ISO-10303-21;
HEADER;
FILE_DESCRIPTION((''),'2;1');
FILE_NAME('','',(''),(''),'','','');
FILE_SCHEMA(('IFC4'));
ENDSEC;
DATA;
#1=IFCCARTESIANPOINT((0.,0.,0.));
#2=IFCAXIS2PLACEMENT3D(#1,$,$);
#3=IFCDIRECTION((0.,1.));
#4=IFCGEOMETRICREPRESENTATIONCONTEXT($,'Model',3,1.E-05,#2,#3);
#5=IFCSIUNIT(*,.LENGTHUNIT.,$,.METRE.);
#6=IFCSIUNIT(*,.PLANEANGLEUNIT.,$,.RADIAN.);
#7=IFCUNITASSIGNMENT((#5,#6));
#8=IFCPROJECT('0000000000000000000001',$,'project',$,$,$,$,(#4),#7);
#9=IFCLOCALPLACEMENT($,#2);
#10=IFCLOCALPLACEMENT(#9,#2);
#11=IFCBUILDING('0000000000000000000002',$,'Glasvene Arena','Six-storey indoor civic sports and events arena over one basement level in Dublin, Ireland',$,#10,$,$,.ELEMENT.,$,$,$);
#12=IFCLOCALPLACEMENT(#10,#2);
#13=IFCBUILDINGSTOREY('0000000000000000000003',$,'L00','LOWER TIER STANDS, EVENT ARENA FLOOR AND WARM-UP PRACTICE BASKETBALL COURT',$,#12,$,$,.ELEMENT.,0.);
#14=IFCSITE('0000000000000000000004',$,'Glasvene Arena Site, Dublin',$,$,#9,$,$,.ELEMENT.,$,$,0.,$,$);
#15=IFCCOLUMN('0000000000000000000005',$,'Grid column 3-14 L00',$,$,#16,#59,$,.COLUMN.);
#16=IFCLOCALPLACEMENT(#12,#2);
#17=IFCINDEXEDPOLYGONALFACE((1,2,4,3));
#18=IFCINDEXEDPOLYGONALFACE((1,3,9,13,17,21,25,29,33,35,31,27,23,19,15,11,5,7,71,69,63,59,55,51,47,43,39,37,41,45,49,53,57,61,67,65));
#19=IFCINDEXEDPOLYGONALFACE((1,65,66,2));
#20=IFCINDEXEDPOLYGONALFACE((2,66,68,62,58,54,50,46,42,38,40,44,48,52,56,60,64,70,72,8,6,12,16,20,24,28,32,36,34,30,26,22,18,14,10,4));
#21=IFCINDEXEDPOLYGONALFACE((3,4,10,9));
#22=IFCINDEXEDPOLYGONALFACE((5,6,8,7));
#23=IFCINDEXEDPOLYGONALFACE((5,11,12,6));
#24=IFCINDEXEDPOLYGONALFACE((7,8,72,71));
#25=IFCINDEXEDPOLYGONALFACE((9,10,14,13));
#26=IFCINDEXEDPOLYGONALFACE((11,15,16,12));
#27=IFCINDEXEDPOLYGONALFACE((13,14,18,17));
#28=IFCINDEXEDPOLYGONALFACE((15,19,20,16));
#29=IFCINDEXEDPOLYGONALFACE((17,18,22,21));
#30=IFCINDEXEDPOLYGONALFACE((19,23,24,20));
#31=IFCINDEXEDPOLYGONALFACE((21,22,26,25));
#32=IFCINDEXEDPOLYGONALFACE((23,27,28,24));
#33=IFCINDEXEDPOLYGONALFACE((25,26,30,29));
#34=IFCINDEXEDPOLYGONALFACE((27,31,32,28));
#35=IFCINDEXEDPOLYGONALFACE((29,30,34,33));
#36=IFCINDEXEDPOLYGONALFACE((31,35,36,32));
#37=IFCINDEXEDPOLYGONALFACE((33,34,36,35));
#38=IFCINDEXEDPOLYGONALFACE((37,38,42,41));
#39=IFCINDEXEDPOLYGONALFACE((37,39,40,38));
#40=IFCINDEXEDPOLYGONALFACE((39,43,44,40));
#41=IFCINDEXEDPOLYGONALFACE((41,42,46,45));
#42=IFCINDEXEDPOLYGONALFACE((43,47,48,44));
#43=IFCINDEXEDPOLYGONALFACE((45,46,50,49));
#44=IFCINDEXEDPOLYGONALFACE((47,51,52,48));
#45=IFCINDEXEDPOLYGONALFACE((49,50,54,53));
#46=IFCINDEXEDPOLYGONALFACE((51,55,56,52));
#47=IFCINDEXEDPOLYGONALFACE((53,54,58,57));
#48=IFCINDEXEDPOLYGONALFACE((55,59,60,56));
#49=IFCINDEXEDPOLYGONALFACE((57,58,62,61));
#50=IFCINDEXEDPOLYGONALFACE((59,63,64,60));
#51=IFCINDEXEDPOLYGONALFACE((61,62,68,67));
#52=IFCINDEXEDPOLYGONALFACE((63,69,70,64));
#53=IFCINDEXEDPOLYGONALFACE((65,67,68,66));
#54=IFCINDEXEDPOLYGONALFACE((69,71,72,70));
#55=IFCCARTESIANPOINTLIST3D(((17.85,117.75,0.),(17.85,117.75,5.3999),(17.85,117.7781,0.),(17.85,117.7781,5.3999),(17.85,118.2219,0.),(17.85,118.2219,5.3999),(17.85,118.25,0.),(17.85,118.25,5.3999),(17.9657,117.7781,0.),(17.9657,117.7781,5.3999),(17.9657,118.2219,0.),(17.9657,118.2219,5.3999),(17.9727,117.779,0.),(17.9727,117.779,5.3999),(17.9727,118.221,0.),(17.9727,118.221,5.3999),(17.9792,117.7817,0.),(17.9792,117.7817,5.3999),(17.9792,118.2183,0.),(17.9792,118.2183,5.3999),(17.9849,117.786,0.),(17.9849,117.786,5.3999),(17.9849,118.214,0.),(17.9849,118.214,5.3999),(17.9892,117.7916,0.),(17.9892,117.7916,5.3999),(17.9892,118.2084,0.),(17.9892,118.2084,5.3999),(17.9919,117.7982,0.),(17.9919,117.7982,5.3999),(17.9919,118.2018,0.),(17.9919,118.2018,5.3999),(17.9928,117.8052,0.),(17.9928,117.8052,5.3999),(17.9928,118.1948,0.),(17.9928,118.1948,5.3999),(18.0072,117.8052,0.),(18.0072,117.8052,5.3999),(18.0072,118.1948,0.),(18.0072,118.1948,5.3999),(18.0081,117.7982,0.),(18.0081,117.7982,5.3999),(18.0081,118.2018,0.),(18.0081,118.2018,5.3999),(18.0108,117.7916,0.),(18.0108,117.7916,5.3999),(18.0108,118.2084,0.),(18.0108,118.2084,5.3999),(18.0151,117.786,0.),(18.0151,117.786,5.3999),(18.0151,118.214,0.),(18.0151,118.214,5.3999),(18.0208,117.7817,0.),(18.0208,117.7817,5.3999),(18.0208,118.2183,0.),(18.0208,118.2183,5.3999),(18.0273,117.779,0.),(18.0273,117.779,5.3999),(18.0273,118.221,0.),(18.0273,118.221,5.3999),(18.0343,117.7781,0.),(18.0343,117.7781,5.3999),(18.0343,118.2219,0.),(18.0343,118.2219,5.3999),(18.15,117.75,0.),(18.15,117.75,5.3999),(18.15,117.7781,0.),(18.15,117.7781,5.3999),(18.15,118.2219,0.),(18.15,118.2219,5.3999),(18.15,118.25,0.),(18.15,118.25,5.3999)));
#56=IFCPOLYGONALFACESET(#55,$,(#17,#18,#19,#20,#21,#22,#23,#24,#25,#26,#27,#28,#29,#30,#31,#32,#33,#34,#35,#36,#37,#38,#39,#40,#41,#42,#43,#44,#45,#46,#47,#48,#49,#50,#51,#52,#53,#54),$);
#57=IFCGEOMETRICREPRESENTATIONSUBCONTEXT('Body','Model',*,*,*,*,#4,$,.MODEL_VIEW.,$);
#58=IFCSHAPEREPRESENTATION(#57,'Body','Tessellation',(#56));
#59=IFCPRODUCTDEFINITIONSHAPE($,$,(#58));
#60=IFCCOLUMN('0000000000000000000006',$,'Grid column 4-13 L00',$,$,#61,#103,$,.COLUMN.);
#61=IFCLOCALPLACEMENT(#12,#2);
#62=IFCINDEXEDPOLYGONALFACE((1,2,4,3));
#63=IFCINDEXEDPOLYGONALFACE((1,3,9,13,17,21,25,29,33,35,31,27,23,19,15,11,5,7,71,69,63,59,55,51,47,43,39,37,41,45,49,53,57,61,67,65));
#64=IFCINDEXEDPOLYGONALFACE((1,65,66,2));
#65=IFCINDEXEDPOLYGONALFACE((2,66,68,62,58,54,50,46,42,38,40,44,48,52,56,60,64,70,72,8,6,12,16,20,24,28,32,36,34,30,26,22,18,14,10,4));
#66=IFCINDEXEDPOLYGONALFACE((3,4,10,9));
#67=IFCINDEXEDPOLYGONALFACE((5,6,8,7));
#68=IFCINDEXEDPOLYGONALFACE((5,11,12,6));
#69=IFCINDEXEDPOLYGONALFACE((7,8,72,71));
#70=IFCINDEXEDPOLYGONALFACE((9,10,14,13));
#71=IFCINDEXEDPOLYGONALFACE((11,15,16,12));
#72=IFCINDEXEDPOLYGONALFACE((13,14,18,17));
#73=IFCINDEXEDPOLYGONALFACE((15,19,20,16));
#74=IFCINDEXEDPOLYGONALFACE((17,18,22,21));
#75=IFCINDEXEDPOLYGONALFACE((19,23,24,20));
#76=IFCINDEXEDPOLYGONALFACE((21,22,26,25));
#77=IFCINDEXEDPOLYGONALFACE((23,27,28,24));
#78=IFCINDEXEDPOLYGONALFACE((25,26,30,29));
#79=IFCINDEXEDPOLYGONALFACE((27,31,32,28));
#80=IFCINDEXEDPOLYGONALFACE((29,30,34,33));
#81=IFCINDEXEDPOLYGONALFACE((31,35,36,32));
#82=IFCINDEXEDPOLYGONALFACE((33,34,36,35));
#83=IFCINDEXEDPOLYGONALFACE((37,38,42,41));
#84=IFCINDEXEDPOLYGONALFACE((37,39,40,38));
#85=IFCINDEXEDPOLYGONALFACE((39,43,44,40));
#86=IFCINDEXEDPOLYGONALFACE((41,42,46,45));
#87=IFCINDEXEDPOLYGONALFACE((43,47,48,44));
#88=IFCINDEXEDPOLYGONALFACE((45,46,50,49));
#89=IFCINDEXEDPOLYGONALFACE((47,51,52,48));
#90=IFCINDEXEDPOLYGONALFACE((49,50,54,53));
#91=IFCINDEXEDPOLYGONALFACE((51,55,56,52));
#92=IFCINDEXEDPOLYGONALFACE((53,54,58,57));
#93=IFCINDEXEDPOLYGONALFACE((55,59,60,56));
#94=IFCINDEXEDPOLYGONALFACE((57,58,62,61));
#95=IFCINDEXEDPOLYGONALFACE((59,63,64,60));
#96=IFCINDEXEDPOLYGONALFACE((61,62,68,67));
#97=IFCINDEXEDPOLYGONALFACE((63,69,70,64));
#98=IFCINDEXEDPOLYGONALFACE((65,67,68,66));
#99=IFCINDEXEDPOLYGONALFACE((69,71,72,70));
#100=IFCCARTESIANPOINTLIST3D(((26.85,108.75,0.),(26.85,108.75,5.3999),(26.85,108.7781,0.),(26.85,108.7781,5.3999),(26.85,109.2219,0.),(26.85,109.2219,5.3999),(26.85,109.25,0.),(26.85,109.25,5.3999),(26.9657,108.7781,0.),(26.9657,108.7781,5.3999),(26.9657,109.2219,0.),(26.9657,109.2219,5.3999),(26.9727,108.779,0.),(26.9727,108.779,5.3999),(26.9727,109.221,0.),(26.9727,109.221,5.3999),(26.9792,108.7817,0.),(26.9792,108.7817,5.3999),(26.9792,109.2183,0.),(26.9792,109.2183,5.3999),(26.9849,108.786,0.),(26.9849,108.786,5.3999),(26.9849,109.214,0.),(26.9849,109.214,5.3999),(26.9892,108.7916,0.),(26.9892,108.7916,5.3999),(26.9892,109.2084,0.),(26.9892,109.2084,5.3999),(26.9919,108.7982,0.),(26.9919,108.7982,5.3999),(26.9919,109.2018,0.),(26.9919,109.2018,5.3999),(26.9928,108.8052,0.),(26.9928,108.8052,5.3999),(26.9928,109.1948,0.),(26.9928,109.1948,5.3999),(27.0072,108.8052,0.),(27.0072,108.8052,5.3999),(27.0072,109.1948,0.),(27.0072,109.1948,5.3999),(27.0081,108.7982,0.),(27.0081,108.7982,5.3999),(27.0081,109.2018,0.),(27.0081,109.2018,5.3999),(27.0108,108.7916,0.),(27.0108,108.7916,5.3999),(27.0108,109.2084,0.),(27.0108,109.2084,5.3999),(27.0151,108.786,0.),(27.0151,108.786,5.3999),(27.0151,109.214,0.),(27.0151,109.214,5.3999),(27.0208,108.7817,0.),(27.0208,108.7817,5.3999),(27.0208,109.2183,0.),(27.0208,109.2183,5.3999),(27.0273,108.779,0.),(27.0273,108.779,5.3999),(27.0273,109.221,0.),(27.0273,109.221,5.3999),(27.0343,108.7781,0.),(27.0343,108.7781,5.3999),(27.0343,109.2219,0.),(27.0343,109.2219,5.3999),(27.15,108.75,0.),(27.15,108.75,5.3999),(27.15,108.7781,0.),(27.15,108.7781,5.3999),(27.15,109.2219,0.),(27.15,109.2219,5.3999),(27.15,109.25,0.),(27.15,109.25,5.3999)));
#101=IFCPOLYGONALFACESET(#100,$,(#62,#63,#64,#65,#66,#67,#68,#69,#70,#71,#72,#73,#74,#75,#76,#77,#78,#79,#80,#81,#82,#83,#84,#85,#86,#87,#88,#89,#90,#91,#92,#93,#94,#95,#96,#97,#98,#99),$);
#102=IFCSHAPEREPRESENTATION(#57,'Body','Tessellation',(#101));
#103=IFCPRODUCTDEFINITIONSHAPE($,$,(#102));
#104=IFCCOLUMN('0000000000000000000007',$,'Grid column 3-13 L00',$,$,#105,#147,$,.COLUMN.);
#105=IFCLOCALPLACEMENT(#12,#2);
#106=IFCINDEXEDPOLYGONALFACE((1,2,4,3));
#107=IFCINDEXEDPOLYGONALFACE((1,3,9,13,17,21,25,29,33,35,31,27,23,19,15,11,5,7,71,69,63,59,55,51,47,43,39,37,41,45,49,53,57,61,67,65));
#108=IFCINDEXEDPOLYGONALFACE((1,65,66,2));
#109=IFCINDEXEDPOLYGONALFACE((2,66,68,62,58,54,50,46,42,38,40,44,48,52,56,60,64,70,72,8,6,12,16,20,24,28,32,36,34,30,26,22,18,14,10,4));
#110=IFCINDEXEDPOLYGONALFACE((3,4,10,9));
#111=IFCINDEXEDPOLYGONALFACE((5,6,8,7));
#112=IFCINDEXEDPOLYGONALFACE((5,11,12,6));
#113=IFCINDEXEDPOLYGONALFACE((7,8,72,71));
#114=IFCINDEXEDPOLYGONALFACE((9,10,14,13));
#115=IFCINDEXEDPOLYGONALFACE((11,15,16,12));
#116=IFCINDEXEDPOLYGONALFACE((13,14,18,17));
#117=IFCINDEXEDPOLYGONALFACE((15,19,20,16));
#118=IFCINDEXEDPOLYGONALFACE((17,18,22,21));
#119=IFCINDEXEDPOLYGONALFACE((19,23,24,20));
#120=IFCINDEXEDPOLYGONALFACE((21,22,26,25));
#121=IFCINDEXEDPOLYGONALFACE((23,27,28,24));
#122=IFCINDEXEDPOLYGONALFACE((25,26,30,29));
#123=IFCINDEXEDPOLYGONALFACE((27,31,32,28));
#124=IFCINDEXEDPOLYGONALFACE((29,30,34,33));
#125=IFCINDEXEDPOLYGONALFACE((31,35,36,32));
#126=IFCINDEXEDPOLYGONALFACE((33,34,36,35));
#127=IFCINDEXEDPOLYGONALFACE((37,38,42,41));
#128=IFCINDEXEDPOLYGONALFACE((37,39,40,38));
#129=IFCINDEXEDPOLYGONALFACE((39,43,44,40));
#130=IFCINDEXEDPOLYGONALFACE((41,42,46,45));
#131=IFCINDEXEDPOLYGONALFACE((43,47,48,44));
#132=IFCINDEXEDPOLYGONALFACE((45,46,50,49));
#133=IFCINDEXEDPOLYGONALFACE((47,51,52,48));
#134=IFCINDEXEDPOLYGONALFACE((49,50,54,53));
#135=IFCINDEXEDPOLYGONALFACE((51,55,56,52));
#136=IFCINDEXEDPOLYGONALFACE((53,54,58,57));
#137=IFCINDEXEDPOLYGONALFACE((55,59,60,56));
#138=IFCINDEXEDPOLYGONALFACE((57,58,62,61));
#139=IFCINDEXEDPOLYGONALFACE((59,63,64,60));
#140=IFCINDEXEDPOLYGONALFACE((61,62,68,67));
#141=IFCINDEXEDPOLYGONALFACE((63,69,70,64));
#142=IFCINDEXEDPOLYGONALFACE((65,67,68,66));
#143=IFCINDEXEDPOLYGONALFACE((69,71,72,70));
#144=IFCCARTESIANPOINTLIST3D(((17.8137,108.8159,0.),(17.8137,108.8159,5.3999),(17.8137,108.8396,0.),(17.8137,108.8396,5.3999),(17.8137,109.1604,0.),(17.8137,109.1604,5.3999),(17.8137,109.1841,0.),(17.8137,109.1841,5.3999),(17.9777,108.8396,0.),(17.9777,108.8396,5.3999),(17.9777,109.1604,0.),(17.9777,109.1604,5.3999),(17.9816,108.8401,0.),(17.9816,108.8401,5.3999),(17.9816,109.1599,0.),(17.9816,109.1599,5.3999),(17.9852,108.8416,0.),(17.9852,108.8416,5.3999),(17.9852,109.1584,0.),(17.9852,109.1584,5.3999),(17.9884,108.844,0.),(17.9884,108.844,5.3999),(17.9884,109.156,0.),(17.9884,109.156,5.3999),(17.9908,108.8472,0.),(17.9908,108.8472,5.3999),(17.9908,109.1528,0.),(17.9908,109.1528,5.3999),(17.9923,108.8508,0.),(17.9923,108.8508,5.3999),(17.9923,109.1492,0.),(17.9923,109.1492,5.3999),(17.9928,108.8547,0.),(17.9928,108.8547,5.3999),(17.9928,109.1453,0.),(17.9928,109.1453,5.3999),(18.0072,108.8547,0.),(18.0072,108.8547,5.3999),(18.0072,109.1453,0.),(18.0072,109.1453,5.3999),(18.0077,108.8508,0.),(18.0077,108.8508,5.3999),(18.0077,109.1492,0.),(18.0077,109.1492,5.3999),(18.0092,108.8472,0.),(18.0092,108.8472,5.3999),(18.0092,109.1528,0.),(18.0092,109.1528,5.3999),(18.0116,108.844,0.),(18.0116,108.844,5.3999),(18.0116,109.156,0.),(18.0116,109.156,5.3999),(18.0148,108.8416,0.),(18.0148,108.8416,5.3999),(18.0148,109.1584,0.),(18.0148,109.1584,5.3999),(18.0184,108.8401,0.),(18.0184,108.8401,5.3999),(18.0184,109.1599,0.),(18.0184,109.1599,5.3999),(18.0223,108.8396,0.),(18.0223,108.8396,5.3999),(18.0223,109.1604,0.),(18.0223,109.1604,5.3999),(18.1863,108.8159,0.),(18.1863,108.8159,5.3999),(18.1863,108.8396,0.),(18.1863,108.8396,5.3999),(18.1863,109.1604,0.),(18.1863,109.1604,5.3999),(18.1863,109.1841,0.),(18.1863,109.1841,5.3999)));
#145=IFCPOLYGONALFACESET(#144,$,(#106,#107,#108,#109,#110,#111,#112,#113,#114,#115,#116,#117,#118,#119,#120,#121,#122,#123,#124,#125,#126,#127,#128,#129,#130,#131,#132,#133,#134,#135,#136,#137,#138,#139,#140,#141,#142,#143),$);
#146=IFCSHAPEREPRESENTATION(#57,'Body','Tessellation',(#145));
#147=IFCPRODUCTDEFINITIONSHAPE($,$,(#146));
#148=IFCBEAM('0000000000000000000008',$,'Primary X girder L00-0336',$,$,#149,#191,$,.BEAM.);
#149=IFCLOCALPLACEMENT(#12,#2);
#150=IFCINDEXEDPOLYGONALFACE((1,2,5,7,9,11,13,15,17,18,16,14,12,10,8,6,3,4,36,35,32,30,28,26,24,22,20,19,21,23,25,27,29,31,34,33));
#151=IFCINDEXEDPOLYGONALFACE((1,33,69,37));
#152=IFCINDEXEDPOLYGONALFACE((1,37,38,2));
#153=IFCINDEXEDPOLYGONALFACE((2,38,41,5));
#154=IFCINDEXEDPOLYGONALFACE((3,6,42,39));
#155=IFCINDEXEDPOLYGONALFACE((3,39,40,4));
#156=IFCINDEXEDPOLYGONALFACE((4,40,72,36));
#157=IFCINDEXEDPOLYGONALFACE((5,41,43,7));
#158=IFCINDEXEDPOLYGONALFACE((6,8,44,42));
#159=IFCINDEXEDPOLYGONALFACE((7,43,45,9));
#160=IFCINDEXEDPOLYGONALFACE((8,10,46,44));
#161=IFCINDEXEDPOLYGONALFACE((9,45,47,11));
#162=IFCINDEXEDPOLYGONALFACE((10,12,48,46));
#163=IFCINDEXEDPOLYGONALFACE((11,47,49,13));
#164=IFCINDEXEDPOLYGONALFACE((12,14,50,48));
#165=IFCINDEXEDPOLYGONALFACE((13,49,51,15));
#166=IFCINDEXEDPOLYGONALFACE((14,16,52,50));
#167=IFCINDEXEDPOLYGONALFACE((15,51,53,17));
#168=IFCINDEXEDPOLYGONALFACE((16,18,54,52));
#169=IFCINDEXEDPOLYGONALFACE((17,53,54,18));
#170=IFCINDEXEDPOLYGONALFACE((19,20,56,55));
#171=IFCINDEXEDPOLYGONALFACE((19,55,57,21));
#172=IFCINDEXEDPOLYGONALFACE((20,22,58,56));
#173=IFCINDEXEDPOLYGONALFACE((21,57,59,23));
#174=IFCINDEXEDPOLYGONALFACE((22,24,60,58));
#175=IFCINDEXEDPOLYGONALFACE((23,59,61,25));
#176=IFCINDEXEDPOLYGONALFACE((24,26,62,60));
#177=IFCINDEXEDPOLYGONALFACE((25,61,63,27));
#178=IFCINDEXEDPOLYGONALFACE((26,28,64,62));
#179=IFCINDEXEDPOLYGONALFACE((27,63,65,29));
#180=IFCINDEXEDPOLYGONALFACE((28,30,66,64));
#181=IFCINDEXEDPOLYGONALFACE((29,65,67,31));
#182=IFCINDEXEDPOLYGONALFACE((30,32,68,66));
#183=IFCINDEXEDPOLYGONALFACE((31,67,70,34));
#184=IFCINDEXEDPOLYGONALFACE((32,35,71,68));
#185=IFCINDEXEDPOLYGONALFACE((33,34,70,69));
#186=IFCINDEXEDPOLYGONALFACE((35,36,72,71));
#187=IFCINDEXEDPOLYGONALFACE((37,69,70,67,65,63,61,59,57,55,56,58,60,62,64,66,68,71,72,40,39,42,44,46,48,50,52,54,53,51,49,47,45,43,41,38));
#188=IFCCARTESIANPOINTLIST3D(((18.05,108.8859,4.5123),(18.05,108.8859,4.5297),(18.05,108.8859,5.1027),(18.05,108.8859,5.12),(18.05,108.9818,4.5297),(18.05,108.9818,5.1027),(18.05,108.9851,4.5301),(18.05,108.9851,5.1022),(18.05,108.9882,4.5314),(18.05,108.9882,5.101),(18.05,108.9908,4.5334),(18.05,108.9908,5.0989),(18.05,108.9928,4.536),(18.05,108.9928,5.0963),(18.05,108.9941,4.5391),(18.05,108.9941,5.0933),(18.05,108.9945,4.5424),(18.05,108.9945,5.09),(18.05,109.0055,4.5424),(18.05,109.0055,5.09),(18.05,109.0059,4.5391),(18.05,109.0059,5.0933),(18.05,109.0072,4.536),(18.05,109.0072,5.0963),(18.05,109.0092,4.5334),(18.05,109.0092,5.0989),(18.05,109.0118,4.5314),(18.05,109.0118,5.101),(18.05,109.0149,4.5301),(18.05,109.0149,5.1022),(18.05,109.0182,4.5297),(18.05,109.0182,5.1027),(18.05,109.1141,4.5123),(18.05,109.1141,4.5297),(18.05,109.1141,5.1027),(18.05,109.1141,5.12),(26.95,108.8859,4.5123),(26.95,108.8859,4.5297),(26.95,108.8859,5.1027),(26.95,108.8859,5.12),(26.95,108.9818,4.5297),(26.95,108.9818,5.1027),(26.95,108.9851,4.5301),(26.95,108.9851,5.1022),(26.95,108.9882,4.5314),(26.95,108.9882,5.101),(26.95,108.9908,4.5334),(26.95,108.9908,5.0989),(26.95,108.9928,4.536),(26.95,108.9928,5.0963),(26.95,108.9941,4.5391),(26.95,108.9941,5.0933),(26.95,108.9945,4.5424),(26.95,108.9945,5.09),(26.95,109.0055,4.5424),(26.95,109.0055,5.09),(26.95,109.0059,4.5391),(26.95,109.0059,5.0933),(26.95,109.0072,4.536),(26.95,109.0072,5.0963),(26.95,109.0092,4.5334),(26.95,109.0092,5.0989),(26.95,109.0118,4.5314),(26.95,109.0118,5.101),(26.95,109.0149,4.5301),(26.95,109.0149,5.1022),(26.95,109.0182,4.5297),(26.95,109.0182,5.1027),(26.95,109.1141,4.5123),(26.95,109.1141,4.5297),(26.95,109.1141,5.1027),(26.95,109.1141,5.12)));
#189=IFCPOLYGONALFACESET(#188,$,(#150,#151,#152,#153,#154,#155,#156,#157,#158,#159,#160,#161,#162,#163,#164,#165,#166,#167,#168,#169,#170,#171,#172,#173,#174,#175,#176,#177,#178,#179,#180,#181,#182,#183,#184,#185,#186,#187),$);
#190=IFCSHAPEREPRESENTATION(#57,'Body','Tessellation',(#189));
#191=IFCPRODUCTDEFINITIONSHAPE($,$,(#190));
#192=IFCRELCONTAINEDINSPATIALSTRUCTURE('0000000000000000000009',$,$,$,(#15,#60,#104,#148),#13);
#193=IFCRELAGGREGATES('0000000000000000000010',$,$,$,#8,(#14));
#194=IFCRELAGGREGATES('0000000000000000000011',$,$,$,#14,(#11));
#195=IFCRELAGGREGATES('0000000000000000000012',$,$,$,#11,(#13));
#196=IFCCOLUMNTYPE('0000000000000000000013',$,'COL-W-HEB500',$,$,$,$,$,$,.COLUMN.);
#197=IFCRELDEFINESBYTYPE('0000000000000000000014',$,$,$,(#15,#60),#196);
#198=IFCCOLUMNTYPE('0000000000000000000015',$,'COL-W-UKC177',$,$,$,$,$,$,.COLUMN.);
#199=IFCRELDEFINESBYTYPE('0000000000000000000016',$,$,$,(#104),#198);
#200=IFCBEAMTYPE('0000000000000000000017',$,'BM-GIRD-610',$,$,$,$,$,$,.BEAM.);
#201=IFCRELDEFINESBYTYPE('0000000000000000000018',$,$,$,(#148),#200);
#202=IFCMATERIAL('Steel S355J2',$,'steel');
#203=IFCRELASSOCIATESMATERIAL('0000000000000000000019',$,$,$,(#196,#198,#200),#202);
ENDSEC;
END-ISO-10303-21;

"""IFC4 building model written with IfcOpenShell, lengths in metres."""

from ifc_helpers import new_model, si_unit, direction, frame, origin, origin_2d, place, context, subcontext, project, spatial, i_section, extrude, material, material_profile, profile_set, type_object, element, save


model = new_model("IFC4")

# Units and contexts
model_context = context("Model", 3, precision=1e-05, world=origin(), true_north=direction((0.0, 1.0)))
body_context = subcontext(model_context, "Body", "Model", "MODEL_VIEW")
ifc_project = project(units=[si_unit("LENGTHUNIT", "METRE"), si_unit("PLANEANGLEUNIT", "RADIAN")], contexts=[model_context])

# Site, building, storey
site_placement = place(None, origin())
site = spatial("IfcSite", under=ifc_project, at=site_placement, Name="Glasvene Arena Site, Dublin", CompositionType="ELEMENT", RefElevation=0.0)
building_placement = place(site_placement, origin())
building = spatial("IfcBuilding", under=site, at=building_placement, Name="Glasvene Arena", Description="Six-storey indoor civic sports and events arena over one basement level in Dublin, Ireland", CompositionType="ELEMENT")
storey_placement = place(building_placement, origin())
storey = spatial("IfcBuildingStorey", under=building, at=storey_placement, Name="L00", Description="LOWER TIER STANDS, EVENT ARENA FLOOR AND WARM-UP PRACTICE BASKETBALL COURT", CompositionType="ELEMENT", Elevation=0.0)

# Columns
ifc_material_1 = material(Name="Steel S355J2", Category="steel")
ifc_material_profile_1 = material_profile(ifc_material_1, i_section(OverallWidth=0.3, OverallDepth=0.5, WebThickness=0.0144, FlangeThickness=0.0281, FilletRadius=0.0271, at=origin_2d()), Name="HEB 500")
ifc_profile_set_1 = profile_set([ifc_material_profile_1], Name="Steel S355J2")
column_type_1 = type_object("IfcColumnType", Name="COL-W-HEB500", PredefinedType="COLUMN", material=ifc_profile_set_1)
for number, where, z_axis, x_axis, name in (
    (1, (18.0, 118.0, 0.0), (0.0, 0.0, 1.0), (1.0, 0.0, 0.0), "Grid column 3-14 L00"),
    (2, (27.0, 109.0, 0.0), (0.0, 0.0, 1.0), (1.0, 0.0, 0.0), "Grid column 4-13 L00"),
):
    element("IfcColumn", number, at=place(storey_placement, frame(where, z_axis=z_axis, x_axis=x_axis)), inside=storey, type_object=column_type_1, Name=name, PredefinedType="COLUMN", context=body_context, shape_type="SweptSolid", body=[
        extrude(i_section(OverallWidth=0.3, OverallDepth=0.5, WebThickness=0.0144, FlangeThickness=0.0281, FilletRadius=0.0271, at=origin_2d()), origin(), (0.0, 0.0, 1.0), 5.3999),
    ])
ifc_material_profile_2 = material_profile(ifc_material_1, i_section(OverallWidth=0.3726, OverallDepth=0.3682, WebThickness=0.0144, FlangeThickness=0.0237, FilletRadius=0.0151, at=origin_2d()), Name="UKC 356x368x177")
ifc_profile_set_2 = profile_set([ifc_material_profile_2], Name="Steel S355J2")
column_type_2 = type_object("IfcColumnType", Name="COL-W-UKC177", PredefinedType="COLUMN", material=ifc_profile_set_2)
column_placement = place(storey_placement, frame((18.0, 109.0, 0.0), z_axis=(0.0, 0.0, 1.0), x_axis=(1.0, 0.0, 0.0)))
element("IfcColumn", 3, at=column_placement, inside=storey, type_object=column_type_2, Name="Grid column 3-13 L00", PredefinedType="COLUMN", context=body_context, shape_type="SweptSolid", body=[
    extrude(i_section(OverallWidth=0.3726, OverallDepth=0.3682, WebThickness=0.0144, FlangeThickness=0.0237, FilletRadius=0.0151, at=origin_2d()), origin(), (0.0, 0.0, 1.0), 5.3999),
])

# Beam
ifc_material_profile_3 = material_profile(ifc_material_1, i_section(OverallWidth=0.2283, OverallDepth=0.6077, WebThickness=0.011, FlangeThickness=0.0173, FilletRadius=0.0127, at=origin_2d()), Name="UKB 610x229x113")
ifc_profile_set_3 = profile_set([ifc_material_profile_3], Name="Steel S355J2")
beam_type_1 = type_object("IfcBeamType", Name="BM-GIRD-610", PredefinedType="BEAM", material=ifc_profile_set_3)
for number, where, z_axis, x_axis, name in (
    (4, (18.05, 109.0, 4.8162), (1.0, 0.0, 0.0), (0.0, 1.0, 0.0), "Primary X girder L00-0336"),
):
    element("IfcBeam", number, at=place(storey_placement, frame(where, z_axis=z_axis, x_axis=x_axis)), inside=storey, type_object=beam_type_1, Name=name, PredefinedType="BEAM", context=body_context, shape_type="SweptSolid", body=[
        extrude(i_section(OverallWidth=0.2283, OverallDepth=0.6077, WebThickness=0.011, FlangeThickness=0.0173, FilletRadius=0.0127, at=origin_2d()), origin(), (0.0, 0.0, 1.0), 8.8999),
    ])

save(model, "model.ifc")
